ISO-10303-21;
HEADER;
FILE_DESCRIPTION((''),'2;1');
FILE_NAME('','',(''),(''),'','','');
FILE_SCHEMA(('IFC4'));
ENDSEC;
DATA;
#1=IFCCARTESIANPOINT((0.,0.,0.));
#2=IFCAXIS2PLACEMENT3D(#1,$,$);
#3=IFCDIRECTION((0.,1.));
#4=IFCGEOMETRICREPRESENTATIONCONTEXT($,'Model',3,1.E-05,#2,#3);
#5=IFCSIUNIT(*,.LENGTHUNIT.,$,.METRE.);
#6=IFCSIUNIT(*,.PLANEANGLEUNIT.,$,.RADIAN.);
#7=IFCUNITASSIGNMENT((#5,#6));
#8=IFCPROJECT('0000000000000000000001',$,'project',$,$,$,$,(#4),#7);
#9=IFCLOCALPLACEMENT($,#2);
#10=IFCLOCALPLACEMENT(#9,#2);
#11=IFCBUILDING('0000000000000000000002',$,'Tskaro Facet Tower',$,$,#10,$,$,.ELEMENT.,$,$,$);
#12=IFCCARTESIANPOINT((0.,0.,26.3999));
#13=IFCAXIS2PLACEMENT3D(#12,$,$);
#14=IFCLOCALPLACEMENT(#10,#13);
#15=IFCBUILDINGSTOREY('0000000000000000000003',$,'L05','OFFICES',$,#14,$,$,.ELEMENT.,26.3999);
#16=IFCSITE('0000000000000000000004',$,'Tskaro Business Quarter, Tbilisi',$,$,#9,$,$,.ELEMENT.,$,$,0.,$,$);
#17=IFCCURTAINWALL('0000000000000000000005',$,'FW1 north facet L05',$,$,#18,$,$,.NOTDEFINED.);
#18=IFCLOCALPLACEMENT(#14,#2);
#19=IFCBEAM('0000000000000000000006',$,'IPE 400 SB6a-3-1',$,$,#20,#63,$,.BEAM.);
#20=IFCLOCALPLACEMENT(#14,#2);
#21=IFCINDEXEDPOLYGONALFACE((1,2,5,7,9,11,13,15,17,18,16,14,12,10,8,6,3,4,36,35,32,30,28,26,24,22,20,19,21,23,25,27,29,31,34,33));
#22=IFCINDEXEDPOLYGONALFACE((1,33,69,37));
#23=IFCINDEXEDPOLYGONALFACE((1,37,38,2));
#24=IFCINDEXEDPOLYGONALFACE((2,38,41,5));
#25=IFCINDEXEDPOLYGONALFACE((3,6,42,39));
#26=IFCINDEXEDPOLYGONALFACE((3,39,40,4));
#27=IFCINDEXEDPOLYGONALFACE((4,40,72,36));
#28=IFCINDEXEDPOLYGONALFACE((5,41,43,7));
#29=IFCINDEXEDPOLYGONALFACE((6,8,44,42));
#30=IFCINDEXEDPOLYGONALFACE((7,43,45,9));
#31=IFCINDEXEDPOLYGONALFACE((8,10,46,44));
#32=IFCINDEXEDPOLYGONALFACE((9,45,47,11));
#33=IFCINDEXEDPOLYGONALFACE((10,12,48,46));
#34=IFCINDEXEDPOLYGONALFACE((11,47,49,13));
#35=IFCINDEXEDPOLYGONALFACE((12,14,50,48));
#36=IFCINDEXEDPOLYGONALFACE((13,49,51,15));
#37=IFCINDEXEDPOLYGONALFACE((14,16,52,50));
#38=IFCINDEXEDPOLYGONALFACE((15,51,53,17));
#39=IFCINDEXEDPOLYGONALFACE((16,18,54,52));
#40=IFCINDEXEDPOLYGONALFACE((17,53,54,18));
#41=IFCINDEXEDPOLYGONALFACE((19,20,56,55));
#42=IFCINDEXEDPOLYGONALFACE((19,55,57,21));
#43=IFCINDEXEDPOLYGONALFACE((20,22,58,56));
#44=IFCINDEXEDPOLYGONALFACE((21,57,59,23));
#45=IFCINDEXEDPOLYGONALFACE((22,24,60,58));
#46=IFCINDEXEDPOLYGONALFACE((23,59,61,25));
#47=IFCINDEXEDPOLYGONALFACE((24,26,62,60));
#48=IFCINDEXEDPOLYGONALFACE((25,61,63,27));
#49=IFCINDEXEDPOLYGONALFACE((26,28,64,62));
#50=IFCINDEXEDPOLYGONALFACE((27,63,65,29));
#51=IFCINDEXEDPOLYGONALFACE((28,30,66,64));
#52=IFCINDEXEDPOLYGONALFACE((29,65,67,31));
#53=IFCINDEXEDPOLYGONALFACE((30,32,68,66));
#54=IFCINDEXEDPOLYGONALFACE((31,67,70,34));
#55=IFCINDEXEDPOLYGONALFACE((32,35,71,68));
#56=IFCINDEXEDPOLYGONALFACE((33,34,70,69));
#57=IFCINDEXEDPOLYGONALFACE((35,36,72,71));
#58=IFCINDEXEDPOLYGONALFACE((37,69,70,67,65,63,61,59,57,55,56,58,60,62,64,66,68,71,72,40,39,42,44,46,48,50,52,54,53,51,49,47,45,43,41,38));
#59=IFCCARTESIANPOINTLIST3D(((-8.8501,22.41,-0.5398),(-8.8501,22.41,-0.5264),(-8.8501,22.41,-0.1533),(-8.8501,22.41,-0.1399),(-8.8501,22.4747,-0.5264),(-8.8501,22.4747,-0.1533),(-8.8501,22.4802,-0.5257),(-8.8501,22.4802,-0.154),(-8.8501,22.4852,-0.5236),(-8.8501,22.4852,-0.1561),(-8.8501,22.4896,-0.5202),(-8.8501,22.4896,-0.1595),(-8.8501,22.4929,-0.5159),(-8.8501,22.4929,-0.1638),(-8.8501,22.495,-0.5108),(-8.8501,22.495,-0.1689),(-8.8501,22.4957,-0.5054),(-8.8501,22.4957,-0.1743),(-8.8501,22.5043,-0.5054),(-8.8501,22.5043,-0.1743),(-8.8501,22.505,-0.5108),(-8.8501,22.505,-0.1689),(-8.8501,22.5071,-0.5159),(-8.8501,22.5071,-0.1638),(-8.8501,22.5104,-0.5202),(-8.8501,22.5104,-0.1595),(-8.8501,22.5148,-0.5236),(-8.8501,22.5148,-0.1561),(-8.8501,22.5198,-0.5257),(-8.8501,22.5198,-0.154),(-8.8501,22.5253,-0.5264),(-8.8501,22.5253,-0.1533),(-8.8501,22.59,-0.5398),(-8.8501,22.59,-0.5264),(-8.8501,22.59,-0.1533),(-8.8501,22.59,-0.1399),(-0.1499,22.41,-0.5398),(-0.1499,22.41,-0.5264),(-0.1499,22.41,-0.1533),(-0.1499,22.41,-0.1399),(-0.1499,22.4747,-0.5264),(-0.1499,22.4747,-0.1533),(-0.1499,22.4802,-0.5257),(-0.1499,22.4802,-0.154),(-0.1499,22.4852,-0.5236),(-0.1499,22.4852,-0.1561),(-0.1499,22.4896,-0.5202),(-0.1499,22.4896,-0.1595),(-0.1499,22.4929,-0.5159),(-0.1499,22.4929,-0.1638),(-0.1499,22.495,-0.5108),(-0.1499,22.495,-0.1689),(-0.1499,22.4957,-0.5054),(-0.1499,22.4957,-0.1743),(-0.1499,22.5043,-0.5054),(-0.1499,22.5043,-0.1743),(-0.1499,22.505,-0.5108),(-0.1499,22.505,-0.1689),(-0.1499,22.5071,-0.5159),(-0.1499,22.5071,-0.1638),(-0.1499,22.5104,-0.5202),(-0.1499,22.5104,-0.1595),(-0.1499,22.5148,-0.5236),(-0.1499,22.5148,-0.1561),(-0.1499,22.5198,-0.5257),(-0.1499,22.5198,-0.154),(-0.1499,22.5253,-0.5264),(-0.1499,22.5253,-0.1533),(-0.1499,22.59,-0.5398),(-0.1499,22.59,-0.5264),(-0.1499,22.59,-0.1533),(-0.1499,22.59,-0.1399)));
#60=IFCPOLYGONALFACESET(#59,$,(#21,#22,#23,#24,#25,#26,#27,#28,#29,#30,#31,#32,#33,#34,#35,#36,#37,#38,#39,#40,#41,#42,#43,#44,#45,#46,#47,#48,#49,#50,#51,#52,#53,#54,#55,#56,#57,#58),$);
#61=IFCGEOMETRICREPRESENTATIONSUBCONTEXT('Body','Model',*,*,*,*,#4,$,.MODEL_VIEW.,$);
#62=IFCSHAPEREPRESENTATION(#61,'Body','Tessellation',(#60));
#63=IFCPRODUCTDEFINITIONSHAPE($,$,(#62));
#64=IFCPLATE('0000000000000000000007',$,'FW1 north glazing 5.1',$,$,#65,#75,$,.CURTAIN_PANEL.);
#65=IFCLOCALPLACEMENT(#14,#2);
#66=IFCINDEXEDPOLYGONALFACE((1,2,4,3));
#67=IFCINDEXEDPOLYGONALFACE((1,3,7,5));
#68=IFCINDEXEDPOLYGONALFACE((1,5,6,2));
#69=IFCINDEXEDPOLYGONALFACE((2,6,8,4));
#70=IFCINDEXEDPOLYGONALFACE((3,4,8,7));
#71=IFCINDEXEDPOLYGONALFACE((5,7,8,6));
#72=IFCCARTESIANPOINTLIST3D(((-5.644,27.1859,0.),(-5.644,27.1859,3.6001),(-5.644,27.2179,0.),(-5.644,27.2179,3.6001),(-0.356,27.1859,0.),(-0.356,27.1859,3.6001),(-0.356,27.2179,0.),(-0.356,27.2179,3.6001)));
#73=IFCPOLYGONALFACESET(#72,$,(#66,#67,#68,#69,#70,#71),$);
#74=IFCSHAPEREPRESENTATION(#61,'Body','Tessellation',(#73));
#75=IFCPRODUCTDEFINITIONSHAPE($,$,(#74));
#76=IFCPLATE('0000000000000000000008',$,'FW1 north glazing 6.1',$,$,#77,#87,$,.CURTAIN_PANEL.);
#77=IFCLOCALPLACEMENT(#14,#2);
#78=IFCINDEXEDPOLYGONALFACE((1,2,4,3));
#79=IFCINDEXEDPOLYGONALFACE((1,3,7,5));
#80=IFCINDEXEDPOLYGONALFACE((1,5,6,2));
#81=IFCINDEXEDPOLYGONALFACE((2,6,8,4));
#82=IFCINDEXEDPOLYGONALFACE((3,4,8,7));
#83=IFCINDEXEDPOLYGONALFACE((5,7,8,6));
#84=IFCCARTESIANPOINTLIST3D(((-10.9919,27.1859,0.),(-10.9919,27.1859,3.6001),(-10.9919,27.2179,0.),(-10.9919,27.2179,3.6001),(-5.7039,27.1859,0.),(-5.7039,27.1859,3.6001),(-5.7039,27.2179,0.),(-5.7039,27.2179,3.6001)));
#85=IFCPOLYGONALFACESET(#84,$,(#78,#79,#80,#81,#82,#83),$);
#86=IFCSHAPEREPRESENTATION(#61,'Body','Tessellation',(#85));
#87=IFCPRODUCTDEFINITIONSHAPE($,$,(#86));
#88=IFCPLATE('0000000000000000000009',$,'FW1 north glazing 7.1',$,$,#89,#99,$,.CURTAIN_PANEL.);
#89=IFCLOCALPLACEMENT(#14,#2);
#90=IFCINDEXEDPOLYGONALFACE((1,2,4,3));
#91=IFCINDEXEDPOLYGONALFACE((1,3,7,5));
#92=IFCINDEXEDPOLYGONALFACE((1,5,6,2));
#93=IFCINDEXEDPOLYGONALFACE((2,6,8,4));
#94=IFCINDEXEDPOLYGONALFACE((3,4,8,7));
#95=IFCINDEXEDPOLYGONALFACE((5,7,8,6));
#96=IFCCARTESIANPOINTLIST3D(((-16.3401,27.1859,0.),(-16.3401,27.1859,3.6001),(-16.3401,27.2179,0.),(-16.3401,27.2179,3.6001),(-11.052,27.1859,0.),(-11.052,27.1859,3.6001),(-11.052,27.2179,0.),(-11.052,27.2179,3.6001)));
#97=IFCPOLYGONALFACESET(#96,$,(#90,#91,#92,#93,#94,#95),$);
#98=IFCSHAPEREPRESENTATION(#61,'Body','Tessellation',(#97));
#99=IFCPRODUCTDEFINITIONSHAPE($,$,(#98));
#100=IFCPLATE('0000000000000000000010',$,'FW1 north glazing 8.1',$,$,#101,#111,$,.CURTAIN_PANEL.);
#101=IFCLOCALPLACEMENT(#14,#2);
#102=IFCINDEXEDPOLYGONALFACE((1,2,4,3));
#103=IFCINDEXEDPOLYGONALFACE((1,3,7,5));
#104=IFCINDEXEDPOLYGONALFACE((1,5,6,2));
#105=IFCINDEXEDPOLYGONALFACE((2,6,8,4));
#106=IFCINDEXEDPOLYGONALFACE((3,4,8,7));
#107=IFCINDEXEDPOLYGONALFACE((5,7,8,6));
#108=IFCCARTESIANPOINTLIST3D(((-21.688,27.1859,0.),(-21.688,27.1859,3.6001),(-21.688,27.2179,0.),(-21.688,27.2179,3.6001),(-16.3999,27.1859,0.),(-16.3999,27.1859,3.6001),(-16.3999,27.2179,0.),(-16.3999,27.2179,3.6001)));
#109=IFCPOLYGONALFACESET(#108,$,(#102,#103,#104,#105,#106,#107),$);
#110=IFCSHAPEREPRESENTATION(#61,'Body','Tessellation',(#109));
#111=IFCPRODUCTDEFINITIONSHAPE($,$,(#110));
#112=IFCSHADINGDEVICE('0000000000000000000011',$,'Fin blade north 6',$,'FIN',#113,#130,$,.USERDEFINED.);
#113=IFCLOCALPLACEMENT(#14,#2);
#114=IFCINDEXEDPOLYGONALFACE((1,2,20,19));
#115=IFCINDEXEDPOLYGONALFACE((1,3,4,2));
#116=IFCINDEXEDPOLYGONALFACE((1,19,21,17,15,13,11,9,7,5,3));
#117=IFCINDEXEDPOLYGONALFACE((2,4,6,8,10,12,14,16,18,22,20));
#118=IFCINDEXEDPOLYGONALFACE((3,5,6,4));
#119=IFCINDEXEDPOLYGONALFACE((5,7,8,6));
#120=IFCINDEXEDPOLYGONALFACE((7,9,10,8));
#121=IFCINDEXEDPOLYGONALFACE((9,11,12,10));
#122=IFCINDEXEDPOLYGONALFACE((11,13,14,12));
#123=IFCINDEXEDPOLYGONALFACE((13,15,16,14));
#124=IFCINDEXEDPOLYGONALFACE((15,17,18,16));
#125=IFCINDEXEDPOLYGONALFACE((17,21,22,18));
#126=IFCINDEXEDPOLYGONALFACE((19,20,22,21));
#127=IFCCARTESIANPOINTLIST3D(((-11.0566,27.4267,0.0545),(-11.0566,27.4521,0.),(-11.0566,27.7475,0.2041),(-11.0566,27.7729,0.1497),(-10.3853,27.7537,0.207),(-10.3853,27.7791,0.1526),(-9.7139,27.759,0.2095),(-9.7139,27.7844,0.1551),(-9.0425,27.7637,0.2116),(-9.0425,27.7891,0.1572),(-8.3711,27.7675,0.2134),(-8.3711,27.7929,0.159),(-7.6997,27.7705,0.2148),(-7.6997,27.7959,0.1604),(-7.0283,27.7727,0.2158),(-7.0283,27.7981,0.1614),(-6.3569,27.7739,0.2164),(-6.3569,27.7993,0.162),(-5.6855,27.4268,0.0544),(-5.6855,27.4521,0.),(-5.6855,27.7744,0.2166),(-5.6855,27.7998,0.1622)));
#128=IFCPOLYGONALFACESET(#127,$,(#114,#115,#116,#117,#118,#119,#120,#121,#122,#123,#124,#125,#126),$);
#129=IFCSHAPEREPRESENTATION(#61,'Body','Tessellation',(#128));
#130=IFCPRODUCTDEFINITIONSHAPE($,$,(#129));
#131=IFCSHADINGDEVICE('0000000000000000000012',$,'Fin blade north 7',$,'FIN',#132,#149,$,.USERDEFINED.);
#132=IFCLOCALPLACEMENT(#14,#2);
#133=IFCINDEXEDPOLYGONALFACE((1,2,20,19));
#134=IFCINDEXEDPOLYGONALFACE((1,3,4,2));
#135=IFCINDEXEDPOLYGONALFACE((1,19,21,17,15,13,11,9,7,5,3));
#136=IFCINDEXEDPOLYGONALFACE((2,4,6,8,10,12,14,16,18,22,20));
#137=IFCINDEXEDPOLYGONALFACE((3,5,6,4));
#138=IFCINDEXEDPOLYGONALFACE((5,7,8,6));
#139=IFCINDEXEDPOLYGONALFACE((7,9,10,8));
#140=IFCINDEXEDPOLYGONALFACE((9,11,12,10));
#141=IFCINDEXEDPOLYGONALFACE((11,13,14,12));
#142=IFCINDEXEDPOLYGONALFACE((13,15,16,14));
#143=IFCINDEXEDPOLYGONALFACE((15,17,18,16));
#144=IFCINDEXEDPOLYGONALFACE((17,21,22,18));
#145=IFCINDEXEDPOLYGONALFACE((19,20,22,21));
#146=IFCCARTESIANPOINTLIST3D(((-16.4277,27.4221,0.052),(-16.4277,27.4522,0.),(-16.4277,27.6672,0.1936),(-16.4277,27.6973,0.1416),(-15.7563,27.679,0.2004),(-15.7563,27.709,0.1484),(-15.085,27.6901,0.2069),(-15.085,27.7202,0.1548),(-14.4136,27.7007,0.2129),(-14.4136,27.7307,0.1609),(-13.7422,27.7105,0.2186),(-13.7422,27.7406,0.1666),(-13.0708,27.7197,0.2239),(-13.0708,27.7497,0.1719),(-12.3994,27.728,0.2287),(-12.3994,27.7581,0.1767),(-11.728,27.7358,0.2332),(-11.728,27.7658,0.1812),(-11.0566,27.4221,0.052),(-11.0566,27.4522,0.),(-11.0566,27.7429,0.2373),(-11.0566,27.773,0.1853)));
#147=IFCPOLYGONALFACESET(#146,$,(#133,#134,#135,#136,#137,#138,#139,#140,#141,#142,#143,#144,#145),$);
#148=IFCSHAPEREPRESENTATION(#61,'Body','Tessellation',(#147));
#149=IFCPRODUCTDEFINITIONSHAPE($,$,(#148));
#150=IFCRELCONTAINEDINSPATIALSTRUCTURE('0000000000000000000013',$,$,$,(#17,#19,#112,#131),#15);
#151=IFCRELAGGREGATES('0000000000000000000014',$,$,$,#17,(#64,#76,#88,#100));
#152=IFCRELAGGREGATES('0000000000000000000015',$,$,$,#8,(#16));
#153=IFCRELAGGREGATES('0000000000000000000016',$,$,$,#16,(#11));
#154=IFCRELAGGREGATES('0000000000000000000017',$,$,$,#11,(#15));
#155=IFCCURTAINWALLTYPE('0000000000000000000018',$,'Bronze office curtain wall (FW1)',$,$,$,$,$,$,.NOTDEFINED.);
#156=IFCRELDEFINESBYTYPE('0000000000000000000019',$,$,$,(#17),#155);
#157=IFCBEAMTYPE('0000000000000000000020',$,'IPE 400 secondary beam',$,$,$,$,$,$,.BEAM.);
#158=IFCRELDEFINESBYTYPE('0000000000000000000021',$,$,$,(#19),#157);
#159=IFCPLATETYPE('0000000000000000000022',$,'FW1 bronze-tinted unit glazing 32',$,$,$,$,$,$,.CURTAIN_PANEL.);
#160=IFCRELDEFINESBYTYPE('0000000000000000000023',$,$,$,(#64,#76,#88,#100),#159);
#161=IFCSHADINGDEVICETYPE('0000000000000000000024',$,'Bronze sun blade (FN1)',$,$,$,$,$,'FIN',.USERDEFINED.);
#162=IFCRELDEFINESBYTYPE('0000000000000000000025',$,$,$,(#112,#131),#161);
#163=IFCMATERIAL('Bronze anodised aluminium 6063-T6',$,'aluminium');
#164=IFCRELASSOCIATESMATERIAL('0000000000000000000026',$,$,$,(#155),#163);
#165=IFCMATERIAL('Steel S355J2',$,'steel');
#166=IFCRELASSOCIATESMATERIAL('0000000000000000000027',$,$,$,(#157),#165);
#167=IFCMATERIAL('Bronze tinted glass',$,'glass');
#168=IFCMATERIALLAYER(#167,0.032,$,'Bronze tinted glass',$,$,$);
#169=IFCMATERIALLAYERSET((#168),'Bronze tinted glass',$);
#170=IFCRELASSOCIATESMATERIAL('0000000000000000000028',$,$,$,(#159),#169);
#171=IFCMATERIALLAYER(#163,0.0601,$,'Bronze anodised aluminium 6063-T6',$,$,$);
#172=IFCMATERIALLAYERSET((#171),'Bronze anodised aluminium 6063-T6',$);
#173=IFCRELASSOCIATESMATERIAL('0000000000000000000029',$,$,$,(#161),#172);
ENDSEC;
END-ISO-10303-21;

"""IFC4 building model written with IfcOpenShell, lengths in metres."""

from ifc_helpers import new_model, si_unit, direction, frame, origin, origin_2d, place, context, subcontext, project, spatial, polyline, rectangle, i_section, outline, extrude, material, layer, layer_set, material_profile, profile_set, type_object, element, aggregate, save


model = new_model("IFC4")

# Units and contexts
model_context = context("Model", 3, precision=1e-05, world=origin(), true_north=direction((0.0, 1.0)))
body_context = subcontext(model_context, "Body", "Model", "MODEL_VIEW")
ifc_project = project(units=[si_unit("LENGTHUNIT", "METRE"), si_unit("PLANEANGLEUNIT", "RADIAN")], contexts=[model_context])

# Site, building, storey
site_placement = place(None, origin())
site = spatial("IfcSite", under=ifc_project, at=site_placement, Name="Tskaro Business Quarter, Tbilisi", CompositionType="ELEMENT", RefElevation=0.0)
building_placement = place(site_placement, origin())
building = spatial("IfcBuilding", under=site, at=building_placement, Name="Tskaro Facet Tower", CompositionType="ELEMENT")
storey_placement = place(building_placement, frame((0.0, 0.0, 26.3999)))
storey = spatial("IfcBuildingStorey", under=building, at=storey_placement, Name="L05", Description="OFFICES", CompositionType="ELEMENT", Elevation=26.3999)

# Curtain wall
ifc_material_1 = material(Name="Bronze anodised aluminium 6063-T6", Category="aluminium")
curtain_wall_type = type_object("IfcCurtainWallType", Name="Bronze office curtain wall (FW1)", PredefinedType="NOTDEFINED", material=ifc_material_1)
curtain_wall_placement = place(storey_placement, origin())
curtain_wall = element("IfcCurtainWall", 1, at=curtain_wall_placement, inside=storey, type_object=curtain_wall_type, Name="FW1 north facet L05", PredefinedType="NOTDEFINED")

# Beam
ifc_material_2 = material(Name="Steel S355J2", Category="steel")
ifc_material_profile_1 = material_profile(ifc_material_2, i_section(OverallWidth=0.1799, OverallDepth=0.3999, WebThickness=0.0085, FlangeThickness=0.0134, FilletRadius=0.021, at=origin_2d()), Name="IPE 400")
ifc_profile_set_1 = profile_set([ifc_material_profile_1], Name="Steel S355J2")
beam_type_1 = type_object("IfcBeamType", Name="IPE 400 secondary beam", PredefinedType="BEAM", material=ifc_profile_set_1)
for number, where, z_axis, x_axis, name in (
    (2, (-8.8501, 22.5, -0.3398), (1.0, 0.0, 0.0), (0.0, 1.0, 0.0), "IPE 400 SB6a-3-1"),
):
    element("IfcBeam", number, at=place(storey_placement, frame(where, z_axis=z_axis, x_axis=x_axis)), inside=storey, type_object=beam_type_1, Name=name, PredefinedType="BEAM", context=body_context, shape_type="SweptSolid", body=[
        extrude(i_section(OverallWidth=0.1799, OverallDepth=0.3999, WebThickness=0.0085, FlangeThickness=0.0134, FilletRadius=0.021, at=origin_2d()), origin(), (0.0, 0.0, 1.0), 8.7002),
    ])

# Plates
ifc_material_3 = material(Name="Bronze tinted glass", Category="glass")
ifc_layer_1 = layer(ifc_material_3, 0.032, Name="Bronze tinted glass")
ifc_layer_set_1 = layer_set([ifc_layer_1], Name="Bronze tinted glass")
plate_type = type_object("IfcPlateType", Name="FW1 bronze-tinted unit glazing 32", PredefinedType="CURTAIN_PANEL", material=ifc_layer_set_1)
plate_1_placement = place(storey_placement, frame((-3.0, 27.2019, 0.0), z_axis=(0.0, 0.0, 1.0), x_axis=(-1.0, 0.0, 0.0)))
plate_1 = element("IfcPlate", 3, at=plate_1_placement, type_object=plate_type, Name="FW1 north glazing 5.1", PredefinedType="CURTAIN_PANEL", context=body_context, shape_type="SweptSolid", body=[
    extrude(rectangle(XDim=5.2881, YDim=0.032, at=origin_2d()), origin(), (0.0, 0.0, 1.0), 3.6001),
])
plate_2_placement = place(storey_placement, frame((-8.3479, 27.2019, 0.0), z_axis=(0.0, 0.0, 1.0), x_axis=(-1.0, 0.0, 0.0)))
plate_2 = element("IfcPlate", 4, at=plate_2_placement, type_object=plate_type, Name="FW1 north glazing 6.1", PredefinedType="CURTAIN_PANEL", context=body_context, shape_type="SweptSolid", body=[
    extrude(rectangle(XDim=5.2881, YDim=0.032, at=origin_2d()), origin(), (0.0, 0.0, 1.0), 3.6001),
])
plate_3_placement = place(storey_placement, frame((-13.696, 27.2019, 0.0), z_axis=(0.0, 0.0, 1.0), x_axis=(-1.0, 0.0, 0.0)))
plate_3 = element("IfcPlate", 5, at=plate_3_placement, type_object=plate_type, Name="FW1 north glazing 7.1", PredefinedType="CURTAIN_PANEL", context=body_context, shape_type="SweptSolid", body=[
    extrude(rectangle(XDim=5.2881, YDim=0.032, at=origin_2d()), origin(), (0.0, 0.0, 1.0), 3.6001),
])
plate_4_placement = place(storey_placement, frame((-19.0439, 27.2019, 0.0), z_axis=(0.0, 0.0, 1.0), x_axis=(-1.0, 0.0, 0.0)))
plate_4 = element("IfcPlate", 6, at=plate_4_placement, type_object=plate_type, Name="FW1 north glazing 8.1", PredefinedType="CURTAIN_PANEL", context=body_context, shape_type="SweptSolid", body=[
    extrude(rectangle(XDim=5.2881, YDim=0.032, at=origin_2d()), origin(), (0.0, 0.0, 1.0), 3.6001),
])
aggregate(curtain_wall, [plate_1, plate_2, plate_3, plate_4])

# Shading devices
ifc_layer_2 = layer(ifc_material_1, 0.0601, Name="Bronze anodised aluminium 6063-T6")
ifc_layer_set_2 = layer_set([ifc_layer_2], Name="Bronze anodised aluminium 6063-T6")
shading_device_type = type_object("IfcShadingDeviceType", Name="Bronze sun blade (FN1)", ElementType="FIN", PredefinedType="USERDEFINED", material=ifc_layer_set_2)
shading_device_1_placement = place(storey_placement, frame((-5.6855, 27.4268, 0.0544), z_axis=(0.000007, -0.422767, 0.906238), x_axis=(-1.0, -0.000003, 0.000006)))
element("IfcShadingDevice", 7, at=shading_device_1_placement, inside=storey, type_object=shading_device_type, Name="Fin blade north 6", ObjectType="FIN", PredefinedType="USERDEFINED", context=body_context, shape_type="SweptSolid", body=[
    extrude(outline(polyline([(0.0, 0.0), (5.3711, 0.0), (5.3711, -0.354), (4.6997, -0.3608), (4.0283, -0.3667), (3.3569, -0.3718), (2.6855, -0.3761), (2.0142, -0.3793), (1.3428, -0.3817), (0.6714, -0.383), (0.0, -0.3836), (0.0, 0.0)])), origin(), (0.0, 0.0, -1.0), 0.0601),
])
shading_device_2_placement = place(storey_placement, frame((-11.0566, 27.4221, 0.052), z_axis=(0.000002, -0.500231, 0.865892), x_axis=(-1.0, -0.000001, 0.000002)))
element("IfcShadingDevice", 8, at=shading_device_2_placement, inside=storey, type_object=shading_device_type, Name="Fin blade north 7", ObjectType="FIN", PredefinedType="USERDEFINED", context=body_context, shape_type="SweptSolid", body=[
    extrude(outline(polyline([(0.0, 0.0), (5.3711, 0.0), (5.3711, -0.2831), (4.6997, -0.2966), (4.0283, -0.3095), (3.3569, -0.3217), (2.6855, -0.3331), (2.0142, -0.3437), (1.3428, -0.3533), (0.6714, -0.3623), (0.0, -0.3705), (0.0, 0.0)])), origin(), (0.0, 0.0, -1.0), 0.0601),
])

save(model, "model.ifc")
